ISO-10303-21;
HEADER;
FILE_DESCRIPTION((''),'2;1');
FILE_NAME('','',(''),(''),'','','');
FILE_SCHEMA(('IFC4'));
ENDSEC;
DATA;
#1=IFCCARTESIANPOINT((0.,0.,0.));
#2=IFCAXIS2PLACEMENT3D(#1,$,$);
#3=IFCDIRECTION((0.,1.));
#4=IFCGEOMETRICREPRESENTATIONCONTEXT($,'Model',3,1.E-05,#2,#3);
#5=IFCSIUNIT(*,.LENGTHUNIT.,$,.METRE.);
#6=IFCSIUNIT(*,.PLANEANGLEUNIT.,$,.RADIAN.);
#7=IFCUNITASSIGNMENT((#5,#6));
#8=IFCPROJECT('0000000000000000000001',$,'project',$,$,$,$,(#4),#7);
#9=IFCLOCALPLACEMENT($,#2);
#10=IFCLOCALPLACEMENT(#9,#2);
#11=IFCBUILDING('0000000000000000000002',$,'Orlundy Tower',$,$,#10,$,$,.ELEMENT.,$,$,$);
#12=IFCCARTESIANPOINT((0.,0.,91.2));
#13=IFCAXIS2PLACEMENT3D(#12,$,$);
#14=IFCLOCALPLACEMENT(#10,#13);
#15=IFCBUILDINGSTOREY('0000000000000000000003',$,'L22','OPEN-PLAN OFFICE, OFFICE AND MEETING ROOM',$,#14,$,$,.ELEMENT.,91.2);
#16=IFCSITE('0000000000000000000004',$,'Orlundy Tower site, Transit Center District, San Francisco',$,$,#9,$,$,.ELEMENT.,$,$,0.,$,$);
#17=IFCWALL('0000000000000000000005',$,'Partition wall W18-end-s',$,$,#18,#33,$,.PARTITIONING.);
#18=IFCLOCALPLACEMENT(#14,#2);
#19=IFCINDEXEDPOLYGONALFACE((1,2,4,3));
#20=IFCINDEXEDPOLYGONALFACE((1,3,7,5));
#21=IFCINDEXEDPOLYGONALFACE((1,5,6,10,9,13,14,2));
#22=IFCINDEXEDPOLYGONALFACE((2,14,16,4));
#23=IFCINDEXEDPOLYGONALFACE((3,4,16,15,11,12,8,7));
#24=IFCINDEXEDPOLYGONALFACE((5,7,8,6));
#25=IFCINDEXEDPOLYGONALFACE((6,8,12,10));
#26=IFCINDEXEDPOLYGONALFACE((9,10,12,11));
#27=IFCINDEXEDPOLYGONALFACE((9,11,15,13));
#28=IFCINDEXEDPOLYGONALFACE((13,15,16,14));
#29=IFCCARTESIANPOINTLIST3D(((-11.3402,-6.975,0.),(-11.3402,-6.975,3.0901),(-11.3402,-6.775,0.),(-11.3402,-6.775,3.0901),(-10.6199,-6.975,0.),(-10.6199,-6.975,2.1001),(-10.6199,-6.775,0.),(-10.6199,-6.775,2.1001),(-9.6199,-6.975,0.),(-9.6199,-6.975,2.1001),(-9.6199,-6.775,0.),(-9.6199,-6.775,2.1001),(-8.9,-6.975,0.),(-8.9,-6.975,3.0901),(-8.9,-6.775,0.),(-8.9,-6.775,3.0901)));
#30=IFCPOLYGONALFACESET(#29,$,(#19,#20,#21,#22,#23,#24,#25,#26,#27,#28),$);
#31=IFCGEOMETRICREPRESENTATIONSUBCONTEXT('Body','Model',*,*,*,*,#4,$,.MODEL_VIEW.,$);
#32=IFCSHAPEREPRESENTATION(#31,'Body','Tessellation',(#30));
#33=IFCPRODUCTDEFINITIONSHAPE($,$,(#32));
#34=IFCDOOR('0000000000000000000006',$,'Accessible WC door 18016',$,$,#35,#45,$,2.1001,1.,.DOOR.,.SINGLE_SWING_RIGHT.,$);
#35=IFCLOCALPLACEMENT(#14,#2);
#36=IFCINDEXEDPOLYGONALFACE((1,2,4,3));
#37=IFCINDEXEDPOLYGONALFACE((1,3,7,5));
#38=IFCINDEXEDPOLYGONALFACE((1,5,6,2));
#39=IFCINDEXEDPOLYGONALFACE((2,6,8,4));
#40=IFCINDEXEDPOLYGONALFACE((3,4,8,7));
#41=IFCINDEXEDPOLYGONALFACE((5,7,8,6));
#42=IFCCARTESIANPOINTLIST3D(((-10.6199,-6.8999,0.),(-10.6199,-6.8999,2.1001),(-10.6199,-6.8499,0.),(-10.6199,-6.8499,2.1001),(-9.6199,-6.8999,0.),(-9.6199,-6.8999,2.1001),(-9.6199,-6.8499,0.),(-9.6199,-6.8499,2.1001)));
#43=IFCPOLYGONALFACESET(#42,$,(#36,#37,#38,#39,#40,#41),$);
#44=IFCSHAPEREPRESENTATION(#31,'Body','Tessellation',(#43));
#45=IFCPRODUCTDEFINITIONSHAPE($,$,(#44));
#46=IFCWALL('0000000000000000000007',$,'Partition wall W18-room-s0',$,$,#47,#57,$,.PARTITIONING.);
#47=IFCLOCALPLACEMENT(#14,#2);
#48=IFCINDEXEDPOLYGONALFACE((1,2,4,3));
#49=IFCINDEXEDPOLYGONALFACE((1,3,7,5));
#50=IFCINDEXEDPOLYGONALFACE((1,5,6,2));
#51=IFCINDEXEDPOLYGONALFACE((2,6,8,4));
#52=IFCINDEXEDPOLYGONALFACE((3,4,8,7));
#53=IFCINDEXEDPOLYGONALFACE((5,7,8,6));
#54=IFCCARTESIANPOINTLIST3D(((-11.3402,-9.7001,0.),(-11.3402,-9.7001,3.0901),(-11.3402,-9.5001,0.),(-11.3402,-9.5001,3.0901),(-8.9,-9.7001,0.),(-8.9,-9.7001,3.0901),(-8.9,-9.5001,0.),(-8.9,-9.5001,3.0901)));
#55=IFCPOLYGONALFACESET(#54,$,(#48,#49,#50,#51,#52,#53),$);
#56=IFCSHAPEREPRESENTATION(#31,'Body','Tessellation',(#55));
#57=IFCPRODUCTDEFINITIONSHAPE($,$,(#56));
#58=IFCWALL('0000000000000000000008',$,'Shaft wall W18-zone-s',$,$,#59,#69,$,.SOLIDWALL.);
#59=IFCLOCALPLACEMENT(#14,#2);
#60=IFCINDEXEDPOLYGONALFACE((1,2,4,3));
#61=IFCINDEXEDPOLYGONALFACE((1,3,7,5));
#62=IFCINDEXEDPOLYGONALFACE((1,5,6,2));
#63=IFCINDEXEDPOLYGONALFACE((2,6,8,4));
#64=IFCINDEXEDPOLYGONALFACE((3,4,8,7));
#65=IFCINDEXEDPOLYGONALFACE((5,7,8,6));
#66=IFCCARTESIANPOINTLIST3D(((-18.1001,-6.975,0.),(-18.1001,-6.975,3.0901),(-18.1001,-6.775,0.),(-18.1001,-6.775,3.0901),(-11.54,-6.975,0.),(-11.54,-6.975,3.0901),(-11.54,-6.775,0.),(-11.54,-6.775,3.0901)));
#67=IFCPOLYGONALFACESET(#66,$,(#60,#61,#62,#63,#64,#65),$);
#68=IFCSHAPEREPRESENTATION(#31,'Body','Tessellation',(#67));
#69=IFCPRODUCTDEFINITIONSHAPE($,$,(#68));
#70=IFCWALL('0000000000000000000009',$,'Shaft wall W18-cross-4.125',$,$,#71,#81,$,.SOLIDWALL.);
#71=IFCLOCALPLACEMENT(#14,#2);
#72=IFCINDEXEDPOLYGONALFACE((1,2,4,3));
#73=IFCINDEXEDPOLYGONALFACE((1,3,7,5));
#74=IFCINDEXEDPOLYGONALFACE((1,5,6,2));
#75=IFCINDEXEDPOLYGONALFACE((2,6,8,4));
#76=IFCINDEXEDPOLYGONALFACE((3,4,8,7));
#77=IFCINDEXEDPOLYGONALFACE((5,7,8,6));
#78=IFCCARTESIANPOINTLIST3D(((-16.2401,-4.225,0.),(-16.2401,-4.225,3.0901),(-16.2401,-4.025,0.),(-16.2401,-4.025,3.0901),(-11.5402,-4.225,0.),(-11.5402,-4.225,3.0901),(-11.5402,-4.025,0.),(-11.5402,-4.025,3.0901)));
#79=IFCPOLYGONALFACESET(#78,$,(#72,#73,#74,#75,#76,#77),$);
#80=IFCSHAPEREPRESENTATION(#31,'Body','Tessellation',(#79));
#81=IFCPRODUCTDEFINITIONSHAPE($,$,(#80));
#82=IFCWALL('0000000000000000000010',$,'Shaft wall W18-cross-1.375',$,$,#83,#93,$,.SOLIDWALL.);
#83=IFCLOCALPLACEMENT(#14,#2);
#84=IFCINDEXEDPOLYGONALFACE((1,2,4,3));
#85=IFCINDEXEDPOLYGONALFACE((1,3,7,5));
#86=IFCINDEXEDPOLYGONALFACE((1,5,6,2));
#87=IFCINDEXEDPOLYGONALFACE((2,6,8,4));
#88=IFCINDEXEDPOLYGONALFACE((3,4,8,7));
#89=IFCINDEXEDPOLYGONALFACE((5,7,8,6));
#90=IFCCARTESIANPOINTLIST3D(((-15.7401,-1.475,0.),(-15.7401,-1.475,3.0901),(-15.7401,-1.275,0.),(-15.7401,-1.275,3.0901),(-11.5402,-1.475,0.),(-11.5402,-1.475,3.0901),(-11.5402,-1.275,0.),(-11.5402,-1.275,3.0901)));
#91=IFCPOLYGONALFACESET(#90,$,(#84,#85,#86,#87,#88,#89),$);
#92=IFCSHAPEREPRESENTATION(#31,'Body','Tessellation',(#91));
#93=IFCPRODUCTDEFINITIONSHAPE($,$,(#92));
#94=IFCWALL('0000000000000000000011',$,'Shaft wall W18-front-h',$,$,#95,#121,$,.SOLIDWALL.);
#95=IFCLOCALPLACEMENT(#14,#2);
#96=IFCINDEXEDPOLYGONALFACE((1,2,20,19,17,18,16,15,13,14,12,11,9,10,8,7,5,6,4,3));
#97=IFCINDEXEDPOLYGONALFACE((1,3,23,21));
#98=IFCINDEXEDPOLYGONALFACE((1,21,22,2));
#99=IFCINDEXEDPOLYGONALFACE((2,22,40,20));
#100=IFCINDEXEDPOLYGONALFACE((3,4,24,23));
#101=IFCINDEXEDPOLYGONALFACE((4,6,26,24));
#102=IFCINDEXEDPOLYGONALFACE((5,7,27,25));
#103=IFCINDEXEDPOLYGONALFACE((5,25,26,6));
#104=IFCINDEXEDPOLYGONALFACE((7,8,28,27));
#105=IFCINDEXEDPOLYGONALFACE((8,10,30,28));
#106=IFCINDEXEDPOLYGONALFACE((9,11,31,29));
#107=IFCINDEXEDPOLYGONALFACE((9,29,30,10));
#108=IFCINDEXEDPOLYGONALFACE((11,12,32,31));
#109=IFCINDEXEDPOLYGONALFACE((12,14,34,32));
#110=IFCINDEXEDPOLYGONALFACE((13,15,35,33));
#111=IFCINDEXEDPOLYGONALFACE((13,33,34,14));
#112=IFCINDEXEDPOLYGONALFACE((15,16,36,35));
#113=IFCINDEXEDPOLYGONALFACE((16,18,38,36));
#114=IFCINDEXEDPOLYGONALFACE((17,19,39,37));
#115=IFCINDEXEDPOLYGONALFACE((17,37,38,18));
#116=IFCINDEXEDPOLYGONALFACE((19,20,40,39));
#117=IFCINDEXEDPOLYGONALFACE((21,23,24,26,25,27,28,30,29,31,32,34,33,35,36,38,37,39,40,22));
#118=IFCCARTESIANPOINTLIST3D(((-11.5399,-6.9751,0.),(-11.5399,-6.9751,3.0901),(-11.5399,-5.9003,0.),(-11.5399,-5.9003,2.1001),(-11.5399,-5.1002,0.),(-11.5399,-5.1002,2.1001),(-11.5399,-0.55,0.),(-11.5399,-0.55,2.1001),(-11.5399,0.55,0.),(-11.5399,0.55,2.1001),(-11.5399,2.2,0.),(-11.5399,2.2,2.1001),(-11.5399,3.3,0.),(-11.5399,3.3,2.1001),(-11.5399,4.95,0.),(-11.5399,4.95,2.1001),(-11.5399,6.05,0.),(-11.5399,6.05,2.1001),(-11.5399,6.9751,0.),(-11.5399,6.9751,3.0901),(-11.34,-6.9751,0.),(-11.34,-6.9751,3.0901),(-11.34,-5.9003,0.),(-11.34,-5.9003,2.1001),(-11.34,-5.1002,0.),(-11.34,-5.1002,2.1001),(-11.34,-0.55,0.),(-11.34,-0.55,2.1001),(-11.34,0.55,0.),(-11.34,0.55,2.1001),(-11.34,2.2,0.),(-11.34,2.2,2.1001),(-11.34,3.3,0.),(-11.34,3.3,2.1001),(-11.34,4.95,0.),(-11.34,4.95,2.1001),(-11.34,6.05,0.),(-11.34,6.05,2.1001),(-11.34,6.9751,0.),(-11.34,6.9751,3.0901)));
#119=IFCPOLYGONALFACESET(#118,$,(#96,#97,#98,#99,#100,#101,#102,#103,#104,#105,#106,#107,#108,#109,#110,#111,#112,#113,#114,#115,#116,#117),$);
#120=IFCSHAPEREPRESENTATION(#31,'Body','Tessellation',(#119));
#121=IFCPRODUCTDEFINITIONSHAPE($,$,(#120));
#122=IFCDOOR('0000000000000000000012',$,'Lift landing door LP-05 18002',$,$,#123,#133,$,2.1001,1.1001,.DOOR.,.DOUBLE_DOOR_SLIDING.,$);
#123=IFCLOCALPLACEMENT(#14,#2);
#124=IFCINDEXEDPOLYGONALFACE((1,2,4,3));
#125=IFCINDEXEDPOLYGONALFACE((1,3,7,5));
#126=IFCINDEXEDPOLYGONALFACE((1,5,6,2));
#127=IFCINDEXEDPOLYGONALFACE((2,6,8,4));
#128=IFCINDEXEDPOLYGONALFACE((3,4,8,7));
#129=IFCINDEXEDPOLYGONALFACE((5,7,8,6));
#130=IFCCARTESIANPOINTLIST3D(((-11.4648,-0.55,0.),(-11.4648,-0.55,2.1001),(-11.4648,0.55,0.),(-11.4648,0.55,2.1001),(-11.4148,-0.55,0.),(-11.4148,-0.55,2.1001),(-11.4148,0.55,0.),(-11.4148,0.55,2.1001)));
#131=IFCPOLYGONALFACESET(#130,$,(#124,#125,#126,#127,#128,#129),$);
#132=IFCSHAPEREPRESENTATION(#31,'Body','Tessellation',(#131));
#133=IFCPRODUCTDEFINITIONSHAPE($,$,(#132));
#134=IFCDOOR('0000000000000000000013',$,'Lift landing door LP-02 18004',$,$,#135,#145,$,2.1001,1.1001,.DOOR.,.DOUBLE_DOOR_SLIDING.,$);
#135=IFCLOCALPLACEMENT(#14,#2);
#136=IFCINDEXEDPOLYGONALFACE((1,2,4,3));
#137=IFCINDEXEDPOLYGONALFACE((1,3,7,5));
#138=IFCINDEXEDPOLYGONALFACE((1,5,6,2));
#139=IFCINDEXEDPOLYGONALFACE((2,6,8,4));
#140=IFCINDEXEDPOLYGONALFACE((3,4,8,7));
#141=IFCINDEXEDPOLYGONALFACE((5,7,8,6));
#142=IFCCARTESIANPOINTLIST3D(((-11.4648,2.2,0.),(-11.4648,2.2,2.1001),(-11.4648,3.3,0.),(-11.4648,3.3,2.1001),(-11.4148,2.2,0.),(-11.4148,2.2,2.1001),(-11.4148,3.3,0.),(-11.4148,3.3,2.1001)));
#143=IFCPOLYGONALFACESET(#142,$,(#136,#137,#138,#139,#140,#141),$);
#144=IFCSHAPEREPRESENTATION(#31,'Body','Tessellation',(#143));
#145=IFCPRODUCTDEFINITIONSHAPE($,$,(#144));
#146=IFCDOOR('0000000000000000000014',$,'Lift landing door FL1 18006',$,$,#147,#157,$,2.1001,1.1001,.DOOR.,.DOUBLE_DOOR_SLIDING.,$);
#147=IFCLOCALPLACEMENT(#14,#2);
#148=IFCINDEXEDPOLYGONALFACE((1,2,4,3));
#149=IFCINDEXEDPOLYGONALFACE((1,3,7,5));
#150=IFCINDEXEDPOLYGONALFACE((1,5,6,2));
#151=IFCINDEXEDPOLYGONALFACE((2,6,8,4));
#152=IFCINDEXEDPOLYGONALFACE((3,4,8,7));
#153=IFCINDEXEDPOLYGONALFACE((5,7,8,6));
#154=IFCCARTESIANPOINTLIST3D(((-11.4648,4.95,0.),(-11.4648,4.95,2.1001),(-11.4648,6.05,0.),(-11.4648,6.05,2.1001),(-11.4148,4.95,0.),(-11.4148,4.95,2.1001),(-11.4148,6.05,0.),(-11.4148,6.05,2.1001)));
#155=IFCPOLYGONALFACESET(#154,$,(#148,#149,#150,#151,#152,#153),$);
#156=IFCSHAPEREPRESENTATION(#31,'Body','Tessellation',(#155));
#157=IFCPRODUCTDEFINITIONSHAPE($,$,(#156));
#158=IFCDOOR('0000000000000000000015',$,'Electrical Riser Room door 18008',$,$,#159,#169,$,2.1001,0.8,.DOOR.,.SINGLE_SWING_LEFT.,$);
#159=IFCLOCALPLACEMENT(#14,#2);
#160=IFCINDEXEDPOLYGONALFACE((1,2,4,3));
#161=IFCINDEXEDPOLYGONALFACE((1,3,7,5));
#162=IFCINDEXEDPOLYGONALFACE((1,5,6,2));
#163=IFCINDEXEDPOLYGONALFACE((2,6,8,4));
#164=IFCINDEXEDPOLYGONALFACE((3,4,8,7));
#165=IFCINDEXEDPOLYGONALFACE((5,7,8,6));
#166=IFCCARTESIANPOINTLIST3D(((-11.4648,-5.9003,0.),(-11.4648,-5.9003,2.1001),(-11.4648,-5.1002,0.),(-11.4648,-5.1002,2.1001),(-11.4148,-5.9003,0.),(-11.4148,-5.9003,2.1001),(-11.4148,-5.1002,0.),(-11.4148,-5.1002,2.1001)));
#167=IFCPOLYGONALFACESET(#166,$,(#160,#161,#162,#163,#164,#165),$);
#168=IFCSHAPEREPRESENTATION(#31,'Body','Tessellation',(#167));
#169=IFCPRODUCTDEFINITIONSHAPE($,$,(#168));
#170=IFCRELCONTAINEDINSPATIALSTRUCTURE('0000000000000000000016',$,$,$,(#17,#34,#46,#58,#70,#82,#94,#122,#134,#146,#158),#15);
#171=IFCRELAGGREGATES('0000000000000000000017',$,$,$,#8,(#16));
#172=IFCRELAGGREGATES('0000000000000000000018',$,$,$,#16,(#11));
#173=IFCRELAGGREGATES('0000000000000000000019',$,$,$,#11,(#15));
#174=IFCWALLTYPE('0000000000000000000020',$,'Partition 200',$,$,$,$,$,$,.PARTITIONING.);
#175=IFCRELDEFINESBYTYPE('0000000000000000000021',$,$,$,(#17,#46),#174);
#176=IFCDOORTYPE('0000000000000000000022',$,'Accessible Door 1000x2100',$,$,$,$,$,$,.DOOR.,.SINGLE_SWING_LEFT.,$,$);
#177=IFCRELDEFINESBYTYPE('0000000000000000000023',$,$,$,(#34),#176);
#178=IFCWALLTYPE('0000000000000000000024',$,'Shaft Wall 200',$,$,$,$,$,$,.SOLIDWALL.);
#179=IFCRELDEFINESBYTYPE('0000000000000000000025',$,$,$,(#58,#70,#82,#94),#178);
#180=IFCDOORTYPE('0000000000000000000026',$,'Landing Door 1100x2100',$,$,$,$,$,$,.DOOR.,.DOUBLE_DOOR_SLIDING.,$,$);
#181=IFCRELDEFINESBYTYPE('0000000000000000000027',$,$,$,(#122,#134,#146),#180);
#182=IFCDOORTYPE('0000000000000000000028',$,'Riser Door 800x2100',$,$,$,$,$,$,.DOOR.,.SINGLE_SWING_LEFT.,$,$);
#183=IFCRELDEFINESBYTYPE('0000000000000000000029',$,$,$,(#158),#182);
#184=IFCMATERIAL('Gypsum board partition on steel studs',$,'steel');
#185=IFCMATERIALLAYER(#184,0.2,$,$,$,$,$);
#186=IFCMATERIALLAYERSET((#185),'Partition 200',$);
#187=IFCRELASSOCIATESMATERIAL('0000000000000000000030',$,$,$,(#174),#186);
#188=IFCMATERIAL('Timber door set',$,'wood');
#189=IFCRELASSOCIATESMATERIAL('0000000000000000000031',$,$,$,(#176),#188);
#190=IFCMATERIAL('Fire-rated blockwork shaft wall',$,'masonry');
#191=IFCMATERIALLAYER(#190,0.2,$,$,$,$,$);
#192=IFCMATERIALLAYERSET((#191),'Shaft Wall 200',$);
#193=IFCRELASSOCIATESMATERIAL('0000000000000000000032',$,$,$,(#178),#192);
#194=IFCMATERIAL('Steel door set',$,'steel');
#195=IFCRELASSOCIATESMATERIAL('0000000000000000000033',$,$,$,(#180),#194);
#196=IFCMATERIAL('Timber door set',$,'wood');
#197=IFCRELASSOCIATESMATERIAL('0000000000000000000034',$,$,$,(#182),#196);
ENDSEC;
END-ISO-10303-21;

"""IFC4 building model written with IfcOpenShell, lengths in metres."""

from ifc_helpers import new_model, si_unit, direction, frame, frame_2d, origin, place, context, subcontext, project, spatial, rectangle, extrude, material, layer, layer_set, type_object, element, fill, save


model = new_model("IFC4")

# Units and contexts
model_context = context("Model", 3, precision=1e-05, world=origin(), true_north=direction((0.0, 1.0)))
body_context = subcontext(model_context, "Body", "Model", "MODEL_VIEW")
ifc_project = project(units=[si_unit("LENGTHUNIT", "METRE"), si_unit("PLANEANGLEUNIT", "RADIAN")], contexts=[model_context])

# Site, building, storey
site_placement = place(None, origin())
site = spatial("IfcSite", under=ifc_project, at=site_placement, Name="Orlundy Tower site, Transit Center District, San Francisco", CompositionType="ELEMENT", RefElevation=0.0)
building_placement = place(site_placement, origin())
building = spatial("IfcBuilding", under=site, at=building_placement, Name="Orlundy Tower", CompositionType="ELEMENT")
storey_placement = place(building_placement, frame((0.0, 0.0, 91.2)))
storey = spatial("IfcBuildingStorey", under=building, at=storey_placement, Name="L22", Description="OPEN-PLAN OFFICE, OFFICE AND MEETING ROOM", CompositionType="ELEMENT", Elevation=91.2)

# Wall, opening, door
ifc_material_1 = material(Name="Gypsum board partition on steel studs", Category="steel")
ifc_layer_1 = layer(ifc_material_1, 0.2)
ifc_layer_set_1 = layer_set([ifc_layer_1], Name="Partition 200")
wall_type_1 = type_object("IfcWallType", Name="Partition 200", PredefinedType="PARTITIONING", material=ifc_layer_set_1)
wall_1_placement = place(storey_placement, frame((-8.8999, -6.875, 0.0), z_axis=(0.0, 0.0, 1.0), x_axis=(-1.0, 0.0, 0.0)))
wall_1 = element("IfcWall", 1, at=wall_1_placement, inside=storey, type_object=wall_type_1, Name="Partition wall W18-end-s", PredefinedType="PARTITIONING", context=body_context, shape_type="SweptSolid", body=[
    extrude(rectangle(XDim=2.4402, YDim=0.2, at=frame_2d((1.2202, 0.0))), origin(), (0.0, 0.0, 1.0), 3.0901),
])
opening_1_placement = place(wall_1_placement, frame((0.72, 0.0, 0.0)))
opening_1 = element("IfcOpeningElement", 2, at=opening_1_placement, cuts=wall_1, PredefinedType="OPENING", context=body_context, shape_type="SweptSolid", body=[
    extrude(rectangle(XDim=1.0, YDim=2.1001, at=frame_2d((0.5, 1.05))), frame((0.0, 0.1101, 0.0), z_axis=(0.0, -1.0, 0.0), x_axis=(1.0, 0.0, 0.0)), (0.0, 0.0, 1.0), 0.2202),
])
ifc_material_2 = material(Name="Timber door set", Category="wood")
door_type_1 = type_object("IfcDoorType", Name="Accessible Door 1000x2100", OperationType="SINGLE_SWING_LEFT", PredefinedType="DOOR", material=ifc_material_2)
door_1_placement = place(opening_1_placement, origin())
door_1 = element("IfcDoor", 3, at=door_1_placement, inside=storey, type_object=door_type_1, Name="Accessible WC door 18016", OperationType="SINGLE_SWING_RIGHT", OverallHeight=2.1001, OverallWidth=1.0, PredefinedType="DOOR", context=body_context, shape_type="SweptSolid", body=[
    extrude(rectangle(XDim=1.0, YDim=2.1001, at=frame_2d((0.5, 1.05))), frame((0.0, 0.0249, 0.0), z_axis=(0.0, -1.0, 0.0), x_axis=(1.0, 0.0, 0.0)), (0.0, 0.0, 1.0), 0.05),
])
fill(opening_1, door_1)

# Walls
wall_2_placement = place(storey_placement, frame((-8.8999, -9.6001, 0.0), z_axis=(0.0, 0.0, 1.0), x_axis=(-1.0, 0.0, 0.0)))
element("IfcWall", 4, at=wall_2_placement, inside=storey, type_object=wall_type_1, Name="Partition wall W18-room-s0", PredefinedType="PARTITIONING", context=body_context, shape_type="SweptSolid", body=[
    extrude(rectangle(XDim=2.4402, YDim=0.2, at=frame_2d((1.2202, 0.0))), origin(), (0.0, 0.0, 1.0), 3.0901),
])
ifc_material_3 = material(Name="Fire-rated blockwork shaft wall", Category="masonry")
ifc_layer_2 = layer(ifc_material_3, 0.2)
ifc_layer_set_2 = layer_set([ifc_layer_2], Name="Shaft Wall 200")
wall_type_2 = type_object("IfcWallType", Name="Shaft Wall 200", PredefinedType="SOLIDWALL", material=ifc_layer_set_2)
wall_3_placement = place(storey_placement, frame((-11.54, -6.875, 0.0), z_axis=(0.0, 0.0, 1.0), x_axis=(-1.0, 0.0, 0.0)))
element("IfcWall", 5, at=wall_3_placement, inside=storey, type_object=wall_type_2, Name="Shaft wall W18-zone-s", PredefinedType="SOLIDWALL", context=body_context, shape_type="SweptSolid", body=[
    extrude(rectangle(XDim=6.5601, YDim=0.2, at=frame_2d((3.28, 0.0))), origin(), (0.0, 0.0, 1.0), 3.0901),
])
wall_4_placement = place(storey_placement, frame((-11.54, -4.125, 0.0), z_axis=(0.0, 0.0, 1.0), x_axis=(-1.0, 0.0, 0.0)))
element("IfcWall", 6, at=wall_4_placement, inside=storey, type_object=wall_type_2, Name="Shaft wall W18-cross-4.125", PredefinedType="SOLIDWALL", context=body_context, shape_type="SweptSolid", body=[
    extrude(rectangle(XDim=4.7, YDim=0.2, at=frame_2d((2.3501, 0.0))), origin(), (0.0, 0.0, 1.0), 3.0901),
])
wall_5_placement = place(storey_placement, frame((-11.54, -1.375, 0.0), z_axis=(0.0, 0.0, 1.0), x_axis=(-1.0, 0.0, 0.0)))
element("IfcWall", 7, at=wall_5_placement, inside=storey, type_object=wall_type_2, Name="Shaft wall W18-cross-1.375", PredefinedType="SOLIDWALL", context=body_context, shape_type="SweptSolid", body=[
    extrude(rectangle(XDim=4.2, YDim=0.2, at=frame_2d((2.1001, 0.0))), origin(), (0.0, 0.0, 1.0), 3.0901),
])

# Wall, openings, doors
wall_6_placement = place(storey_placement, frame((-11.4399, -6.9751, 0.0), z_axis=(0.0, 0.0, 1.0), x_axis=(0.0, 1.0, 0.0)))
wall_6 = element("IfcWall", 8, at=wall_6_placement, inside=storey, type_object=wall_type_2, Name="Shaft wall W18-front-h", PredefinedType="SOLIDWALL", context=body_context, shape_type="SweptSolid", body=[
    extrude(rectangle(XDim=13.9502, YDim=0.2, at=frame_2d((6.9751, 0.0))), origin(), (0.0, 0.0, 1.0), 3.0901),
])
opening_2_placement = place(wall_6_placement, frame((6.425, 0.0, 0.0)))
opening_2 = element("IfcOpeningElement", 9, at=opening_2_placement, cuts=wall_6, PredefinedType="OPENING", context=body_context, shape_type="SweptSolid", body=[
    extrude(rectangle(XDim=1.1001, YDim=2.1001, at=frame_2d((0.55, 1.05))), frame((0.0, 0.1101, 0.0), z_axis=(0.0, -1.0, 0.0), x_axis=(1.0, 0.0, 0.0)), (0.0, 0.0, 1.0), 0.2202),
])
opening_3_placement = place(wall_6_placement, frame((9.175, 0.0, 0.0)))
opening_3 = element("IfcOpeningElement", 10, at=opening_3_placement, cuts=wall_6, PredefinedType="OPENING", context=body_context, shape_type="SweptSolid", body=[
    extrude(rectangle(XDim=1.1001, YDim=2.1001, at=frame_2d((0.55, 1.05))), frame((0.0, 0.1101, 0.0), z_axis=(0.0, -1.0, 0.0), x_axis=(1.0, 0.0, 0.0)), (0.0, 0.0, 1.0), 0.2202),
])
opening_4_placement = place(wall_6_placement, frame((11.925, 0.0, 0.0)))
opening_4 = element("IfcOpeningElement", 11, at=opening_4_placement, cuts=wall_6, PredefinedType="OPENING", context=body_context, shape_type="SweptSolid", body=[
    extrude(rectangle(XDim=1.1001, YDim=2.1001, at=frame_2d((0.55, 1.05))), frame((0.0, 0.1101, 0.0), z_axis=(0.0, -1.0, 0.0), x_axis=(1.0, 0.0, 0.0)), (0.0, 0.0, 1.0), 0.2202),
])
opening_5_placement = place(wall_6_placement, frame((1.075, 0.0, 0.0)))
opening_5 = element("IfcOpeningElement", 12, at=opening_5_placement, cuts=wall_6, PredefinedType="OPENING", context=body_context, shape_type="SweptSolid", body=[
    extrude(rectangle(XDim=0.8, YDim=2.1001, at=frame_2d((0.3999, 1.05))), frame((0.0, 0.1101, 0.0), z_axis=(0.0, -1.0, 0.0), x_axis=(1.0, 0.0, 0.0)), (0.0, 0.0, 1.0), 0.2202),
])
ifc_material_4 = material(Name="Steel door set", Category="steel")
door_type_2 = type_object("IfcDoorType", Name="Landing Door 1100x2100", OperationType="DOUBLE_DOOR_SLIDING", PredefinedType="DOOR", material=ifc_material_4)
door_2_placement = place(opening_2_placement, origin())
door_2 = element("IfcDoor", 13, at=door_2_placement, inside=storey, type_object=door_type_2, Name="Lift landing door LP-05 18002", OperationType="DOUBLE_DOOR_SLIDING", OverallHeight=2.1001, OverallWidth=1.1001, PredefinedType="DOOR", context=body_context, shape_type="SweptSolid", body=[
    extrude(rectangle(XDim=1.1001, YDim=2.1001, at=frame_2d((0.55, 1.05))), frame((0.0, 0.0249, 0.0), z_axis=(0.0, -1.0, 0.0), x_axis=(1.0, 0.0, 0.0)), (0.0, 0.0, 1.0), 0.05),
])
fill(opening_2, door_2)
door_3_placement = place(opening_3_placement, origin())
door_3 = element("IfcDoor", 14, at=door_3_placement, inside=storey, type_object=door_type_2, Name="Lift landing door LP-02 18004", OperationType="DOUBLE_DOOR_SLIDING", OverallHeight=2.1001, OverallWidth=1.1001, PredefinedType="DOOR", context=body_context, shape_type="SweptSolid", body=[
    extrude(rectangle(XDim=1.1001, YDim=2.1001, at=frame_2d((0.55, 1.05))), frame((0.0, 0.0249, 0.0), z_axis=(0.0, -1.0, 0.0), x_axis=(1.0, 0.0, 0.0)), (0.0, 0.0, 1.0), 0.05),
])
fill(opening_3, door_3)
door_4_placement = place(opening_4_placement, origin())
door_4 = element("IfcDoor", 15, at=door_4_placement, inside=storey, type_object=door_type_2, Name="Lift landing door FL1 18006", OperationType="DOUBLE_DOOR_SLIDING", OverallHeight=2.1001, OverallWidth=1.1001, PredefinedType="DOOR", context=body_context, shape_type="SweptSolid", body=[
    extrude(rectangle(XDim=1.1001, YDim=2.1001, at=frame_2d((0.55, 1.05))), frame((0.0, 0.0249, 0.0), z_axis=(0.0, -1.0, 0.0), x_axis=(1.0, 0.0, 0.0)), (0.0, 0.0, 1.0), 0.05),
])
fill(opening_4, door_4)
ifc_material_5 = material(Name="Timber door set", Category="wood")
door_type_3 = type_object("IfcDoorType", Name="Riser Door 800x2100", OperationType="SINGLE_SWING_LEFT", PredefinedType="DOOR", material=ifc_material_5)
door_5_placement = place(opening_5_placement, origin())
door_5 = element("IfcDoor", 16, at=door_5_placement, inside=storey, type_object=door_type_3, Name="Electrical Riser Room door 18008", OperationType="SINGLE_SWING_LEFT", OverallHeight=2.1001, OverallWidth=0.8, PredefinedType="DOOR", context=body_context, shape_type="SweptSolid", body=[
    extrude(rectangle(XDim=0.8, YDim=2.1001, at=frame_2d((0.3999, 1.05))), frame((0.0, 0.0249, 0.0), z_axis=(0.0, -1.0, 0.0), x_axis=(1.0, 0.0, 0.0)), (0.0, 0.0, 1.0), 0.05),
])
fill(opening_5, door_5)

save(model, "model.ifc")
